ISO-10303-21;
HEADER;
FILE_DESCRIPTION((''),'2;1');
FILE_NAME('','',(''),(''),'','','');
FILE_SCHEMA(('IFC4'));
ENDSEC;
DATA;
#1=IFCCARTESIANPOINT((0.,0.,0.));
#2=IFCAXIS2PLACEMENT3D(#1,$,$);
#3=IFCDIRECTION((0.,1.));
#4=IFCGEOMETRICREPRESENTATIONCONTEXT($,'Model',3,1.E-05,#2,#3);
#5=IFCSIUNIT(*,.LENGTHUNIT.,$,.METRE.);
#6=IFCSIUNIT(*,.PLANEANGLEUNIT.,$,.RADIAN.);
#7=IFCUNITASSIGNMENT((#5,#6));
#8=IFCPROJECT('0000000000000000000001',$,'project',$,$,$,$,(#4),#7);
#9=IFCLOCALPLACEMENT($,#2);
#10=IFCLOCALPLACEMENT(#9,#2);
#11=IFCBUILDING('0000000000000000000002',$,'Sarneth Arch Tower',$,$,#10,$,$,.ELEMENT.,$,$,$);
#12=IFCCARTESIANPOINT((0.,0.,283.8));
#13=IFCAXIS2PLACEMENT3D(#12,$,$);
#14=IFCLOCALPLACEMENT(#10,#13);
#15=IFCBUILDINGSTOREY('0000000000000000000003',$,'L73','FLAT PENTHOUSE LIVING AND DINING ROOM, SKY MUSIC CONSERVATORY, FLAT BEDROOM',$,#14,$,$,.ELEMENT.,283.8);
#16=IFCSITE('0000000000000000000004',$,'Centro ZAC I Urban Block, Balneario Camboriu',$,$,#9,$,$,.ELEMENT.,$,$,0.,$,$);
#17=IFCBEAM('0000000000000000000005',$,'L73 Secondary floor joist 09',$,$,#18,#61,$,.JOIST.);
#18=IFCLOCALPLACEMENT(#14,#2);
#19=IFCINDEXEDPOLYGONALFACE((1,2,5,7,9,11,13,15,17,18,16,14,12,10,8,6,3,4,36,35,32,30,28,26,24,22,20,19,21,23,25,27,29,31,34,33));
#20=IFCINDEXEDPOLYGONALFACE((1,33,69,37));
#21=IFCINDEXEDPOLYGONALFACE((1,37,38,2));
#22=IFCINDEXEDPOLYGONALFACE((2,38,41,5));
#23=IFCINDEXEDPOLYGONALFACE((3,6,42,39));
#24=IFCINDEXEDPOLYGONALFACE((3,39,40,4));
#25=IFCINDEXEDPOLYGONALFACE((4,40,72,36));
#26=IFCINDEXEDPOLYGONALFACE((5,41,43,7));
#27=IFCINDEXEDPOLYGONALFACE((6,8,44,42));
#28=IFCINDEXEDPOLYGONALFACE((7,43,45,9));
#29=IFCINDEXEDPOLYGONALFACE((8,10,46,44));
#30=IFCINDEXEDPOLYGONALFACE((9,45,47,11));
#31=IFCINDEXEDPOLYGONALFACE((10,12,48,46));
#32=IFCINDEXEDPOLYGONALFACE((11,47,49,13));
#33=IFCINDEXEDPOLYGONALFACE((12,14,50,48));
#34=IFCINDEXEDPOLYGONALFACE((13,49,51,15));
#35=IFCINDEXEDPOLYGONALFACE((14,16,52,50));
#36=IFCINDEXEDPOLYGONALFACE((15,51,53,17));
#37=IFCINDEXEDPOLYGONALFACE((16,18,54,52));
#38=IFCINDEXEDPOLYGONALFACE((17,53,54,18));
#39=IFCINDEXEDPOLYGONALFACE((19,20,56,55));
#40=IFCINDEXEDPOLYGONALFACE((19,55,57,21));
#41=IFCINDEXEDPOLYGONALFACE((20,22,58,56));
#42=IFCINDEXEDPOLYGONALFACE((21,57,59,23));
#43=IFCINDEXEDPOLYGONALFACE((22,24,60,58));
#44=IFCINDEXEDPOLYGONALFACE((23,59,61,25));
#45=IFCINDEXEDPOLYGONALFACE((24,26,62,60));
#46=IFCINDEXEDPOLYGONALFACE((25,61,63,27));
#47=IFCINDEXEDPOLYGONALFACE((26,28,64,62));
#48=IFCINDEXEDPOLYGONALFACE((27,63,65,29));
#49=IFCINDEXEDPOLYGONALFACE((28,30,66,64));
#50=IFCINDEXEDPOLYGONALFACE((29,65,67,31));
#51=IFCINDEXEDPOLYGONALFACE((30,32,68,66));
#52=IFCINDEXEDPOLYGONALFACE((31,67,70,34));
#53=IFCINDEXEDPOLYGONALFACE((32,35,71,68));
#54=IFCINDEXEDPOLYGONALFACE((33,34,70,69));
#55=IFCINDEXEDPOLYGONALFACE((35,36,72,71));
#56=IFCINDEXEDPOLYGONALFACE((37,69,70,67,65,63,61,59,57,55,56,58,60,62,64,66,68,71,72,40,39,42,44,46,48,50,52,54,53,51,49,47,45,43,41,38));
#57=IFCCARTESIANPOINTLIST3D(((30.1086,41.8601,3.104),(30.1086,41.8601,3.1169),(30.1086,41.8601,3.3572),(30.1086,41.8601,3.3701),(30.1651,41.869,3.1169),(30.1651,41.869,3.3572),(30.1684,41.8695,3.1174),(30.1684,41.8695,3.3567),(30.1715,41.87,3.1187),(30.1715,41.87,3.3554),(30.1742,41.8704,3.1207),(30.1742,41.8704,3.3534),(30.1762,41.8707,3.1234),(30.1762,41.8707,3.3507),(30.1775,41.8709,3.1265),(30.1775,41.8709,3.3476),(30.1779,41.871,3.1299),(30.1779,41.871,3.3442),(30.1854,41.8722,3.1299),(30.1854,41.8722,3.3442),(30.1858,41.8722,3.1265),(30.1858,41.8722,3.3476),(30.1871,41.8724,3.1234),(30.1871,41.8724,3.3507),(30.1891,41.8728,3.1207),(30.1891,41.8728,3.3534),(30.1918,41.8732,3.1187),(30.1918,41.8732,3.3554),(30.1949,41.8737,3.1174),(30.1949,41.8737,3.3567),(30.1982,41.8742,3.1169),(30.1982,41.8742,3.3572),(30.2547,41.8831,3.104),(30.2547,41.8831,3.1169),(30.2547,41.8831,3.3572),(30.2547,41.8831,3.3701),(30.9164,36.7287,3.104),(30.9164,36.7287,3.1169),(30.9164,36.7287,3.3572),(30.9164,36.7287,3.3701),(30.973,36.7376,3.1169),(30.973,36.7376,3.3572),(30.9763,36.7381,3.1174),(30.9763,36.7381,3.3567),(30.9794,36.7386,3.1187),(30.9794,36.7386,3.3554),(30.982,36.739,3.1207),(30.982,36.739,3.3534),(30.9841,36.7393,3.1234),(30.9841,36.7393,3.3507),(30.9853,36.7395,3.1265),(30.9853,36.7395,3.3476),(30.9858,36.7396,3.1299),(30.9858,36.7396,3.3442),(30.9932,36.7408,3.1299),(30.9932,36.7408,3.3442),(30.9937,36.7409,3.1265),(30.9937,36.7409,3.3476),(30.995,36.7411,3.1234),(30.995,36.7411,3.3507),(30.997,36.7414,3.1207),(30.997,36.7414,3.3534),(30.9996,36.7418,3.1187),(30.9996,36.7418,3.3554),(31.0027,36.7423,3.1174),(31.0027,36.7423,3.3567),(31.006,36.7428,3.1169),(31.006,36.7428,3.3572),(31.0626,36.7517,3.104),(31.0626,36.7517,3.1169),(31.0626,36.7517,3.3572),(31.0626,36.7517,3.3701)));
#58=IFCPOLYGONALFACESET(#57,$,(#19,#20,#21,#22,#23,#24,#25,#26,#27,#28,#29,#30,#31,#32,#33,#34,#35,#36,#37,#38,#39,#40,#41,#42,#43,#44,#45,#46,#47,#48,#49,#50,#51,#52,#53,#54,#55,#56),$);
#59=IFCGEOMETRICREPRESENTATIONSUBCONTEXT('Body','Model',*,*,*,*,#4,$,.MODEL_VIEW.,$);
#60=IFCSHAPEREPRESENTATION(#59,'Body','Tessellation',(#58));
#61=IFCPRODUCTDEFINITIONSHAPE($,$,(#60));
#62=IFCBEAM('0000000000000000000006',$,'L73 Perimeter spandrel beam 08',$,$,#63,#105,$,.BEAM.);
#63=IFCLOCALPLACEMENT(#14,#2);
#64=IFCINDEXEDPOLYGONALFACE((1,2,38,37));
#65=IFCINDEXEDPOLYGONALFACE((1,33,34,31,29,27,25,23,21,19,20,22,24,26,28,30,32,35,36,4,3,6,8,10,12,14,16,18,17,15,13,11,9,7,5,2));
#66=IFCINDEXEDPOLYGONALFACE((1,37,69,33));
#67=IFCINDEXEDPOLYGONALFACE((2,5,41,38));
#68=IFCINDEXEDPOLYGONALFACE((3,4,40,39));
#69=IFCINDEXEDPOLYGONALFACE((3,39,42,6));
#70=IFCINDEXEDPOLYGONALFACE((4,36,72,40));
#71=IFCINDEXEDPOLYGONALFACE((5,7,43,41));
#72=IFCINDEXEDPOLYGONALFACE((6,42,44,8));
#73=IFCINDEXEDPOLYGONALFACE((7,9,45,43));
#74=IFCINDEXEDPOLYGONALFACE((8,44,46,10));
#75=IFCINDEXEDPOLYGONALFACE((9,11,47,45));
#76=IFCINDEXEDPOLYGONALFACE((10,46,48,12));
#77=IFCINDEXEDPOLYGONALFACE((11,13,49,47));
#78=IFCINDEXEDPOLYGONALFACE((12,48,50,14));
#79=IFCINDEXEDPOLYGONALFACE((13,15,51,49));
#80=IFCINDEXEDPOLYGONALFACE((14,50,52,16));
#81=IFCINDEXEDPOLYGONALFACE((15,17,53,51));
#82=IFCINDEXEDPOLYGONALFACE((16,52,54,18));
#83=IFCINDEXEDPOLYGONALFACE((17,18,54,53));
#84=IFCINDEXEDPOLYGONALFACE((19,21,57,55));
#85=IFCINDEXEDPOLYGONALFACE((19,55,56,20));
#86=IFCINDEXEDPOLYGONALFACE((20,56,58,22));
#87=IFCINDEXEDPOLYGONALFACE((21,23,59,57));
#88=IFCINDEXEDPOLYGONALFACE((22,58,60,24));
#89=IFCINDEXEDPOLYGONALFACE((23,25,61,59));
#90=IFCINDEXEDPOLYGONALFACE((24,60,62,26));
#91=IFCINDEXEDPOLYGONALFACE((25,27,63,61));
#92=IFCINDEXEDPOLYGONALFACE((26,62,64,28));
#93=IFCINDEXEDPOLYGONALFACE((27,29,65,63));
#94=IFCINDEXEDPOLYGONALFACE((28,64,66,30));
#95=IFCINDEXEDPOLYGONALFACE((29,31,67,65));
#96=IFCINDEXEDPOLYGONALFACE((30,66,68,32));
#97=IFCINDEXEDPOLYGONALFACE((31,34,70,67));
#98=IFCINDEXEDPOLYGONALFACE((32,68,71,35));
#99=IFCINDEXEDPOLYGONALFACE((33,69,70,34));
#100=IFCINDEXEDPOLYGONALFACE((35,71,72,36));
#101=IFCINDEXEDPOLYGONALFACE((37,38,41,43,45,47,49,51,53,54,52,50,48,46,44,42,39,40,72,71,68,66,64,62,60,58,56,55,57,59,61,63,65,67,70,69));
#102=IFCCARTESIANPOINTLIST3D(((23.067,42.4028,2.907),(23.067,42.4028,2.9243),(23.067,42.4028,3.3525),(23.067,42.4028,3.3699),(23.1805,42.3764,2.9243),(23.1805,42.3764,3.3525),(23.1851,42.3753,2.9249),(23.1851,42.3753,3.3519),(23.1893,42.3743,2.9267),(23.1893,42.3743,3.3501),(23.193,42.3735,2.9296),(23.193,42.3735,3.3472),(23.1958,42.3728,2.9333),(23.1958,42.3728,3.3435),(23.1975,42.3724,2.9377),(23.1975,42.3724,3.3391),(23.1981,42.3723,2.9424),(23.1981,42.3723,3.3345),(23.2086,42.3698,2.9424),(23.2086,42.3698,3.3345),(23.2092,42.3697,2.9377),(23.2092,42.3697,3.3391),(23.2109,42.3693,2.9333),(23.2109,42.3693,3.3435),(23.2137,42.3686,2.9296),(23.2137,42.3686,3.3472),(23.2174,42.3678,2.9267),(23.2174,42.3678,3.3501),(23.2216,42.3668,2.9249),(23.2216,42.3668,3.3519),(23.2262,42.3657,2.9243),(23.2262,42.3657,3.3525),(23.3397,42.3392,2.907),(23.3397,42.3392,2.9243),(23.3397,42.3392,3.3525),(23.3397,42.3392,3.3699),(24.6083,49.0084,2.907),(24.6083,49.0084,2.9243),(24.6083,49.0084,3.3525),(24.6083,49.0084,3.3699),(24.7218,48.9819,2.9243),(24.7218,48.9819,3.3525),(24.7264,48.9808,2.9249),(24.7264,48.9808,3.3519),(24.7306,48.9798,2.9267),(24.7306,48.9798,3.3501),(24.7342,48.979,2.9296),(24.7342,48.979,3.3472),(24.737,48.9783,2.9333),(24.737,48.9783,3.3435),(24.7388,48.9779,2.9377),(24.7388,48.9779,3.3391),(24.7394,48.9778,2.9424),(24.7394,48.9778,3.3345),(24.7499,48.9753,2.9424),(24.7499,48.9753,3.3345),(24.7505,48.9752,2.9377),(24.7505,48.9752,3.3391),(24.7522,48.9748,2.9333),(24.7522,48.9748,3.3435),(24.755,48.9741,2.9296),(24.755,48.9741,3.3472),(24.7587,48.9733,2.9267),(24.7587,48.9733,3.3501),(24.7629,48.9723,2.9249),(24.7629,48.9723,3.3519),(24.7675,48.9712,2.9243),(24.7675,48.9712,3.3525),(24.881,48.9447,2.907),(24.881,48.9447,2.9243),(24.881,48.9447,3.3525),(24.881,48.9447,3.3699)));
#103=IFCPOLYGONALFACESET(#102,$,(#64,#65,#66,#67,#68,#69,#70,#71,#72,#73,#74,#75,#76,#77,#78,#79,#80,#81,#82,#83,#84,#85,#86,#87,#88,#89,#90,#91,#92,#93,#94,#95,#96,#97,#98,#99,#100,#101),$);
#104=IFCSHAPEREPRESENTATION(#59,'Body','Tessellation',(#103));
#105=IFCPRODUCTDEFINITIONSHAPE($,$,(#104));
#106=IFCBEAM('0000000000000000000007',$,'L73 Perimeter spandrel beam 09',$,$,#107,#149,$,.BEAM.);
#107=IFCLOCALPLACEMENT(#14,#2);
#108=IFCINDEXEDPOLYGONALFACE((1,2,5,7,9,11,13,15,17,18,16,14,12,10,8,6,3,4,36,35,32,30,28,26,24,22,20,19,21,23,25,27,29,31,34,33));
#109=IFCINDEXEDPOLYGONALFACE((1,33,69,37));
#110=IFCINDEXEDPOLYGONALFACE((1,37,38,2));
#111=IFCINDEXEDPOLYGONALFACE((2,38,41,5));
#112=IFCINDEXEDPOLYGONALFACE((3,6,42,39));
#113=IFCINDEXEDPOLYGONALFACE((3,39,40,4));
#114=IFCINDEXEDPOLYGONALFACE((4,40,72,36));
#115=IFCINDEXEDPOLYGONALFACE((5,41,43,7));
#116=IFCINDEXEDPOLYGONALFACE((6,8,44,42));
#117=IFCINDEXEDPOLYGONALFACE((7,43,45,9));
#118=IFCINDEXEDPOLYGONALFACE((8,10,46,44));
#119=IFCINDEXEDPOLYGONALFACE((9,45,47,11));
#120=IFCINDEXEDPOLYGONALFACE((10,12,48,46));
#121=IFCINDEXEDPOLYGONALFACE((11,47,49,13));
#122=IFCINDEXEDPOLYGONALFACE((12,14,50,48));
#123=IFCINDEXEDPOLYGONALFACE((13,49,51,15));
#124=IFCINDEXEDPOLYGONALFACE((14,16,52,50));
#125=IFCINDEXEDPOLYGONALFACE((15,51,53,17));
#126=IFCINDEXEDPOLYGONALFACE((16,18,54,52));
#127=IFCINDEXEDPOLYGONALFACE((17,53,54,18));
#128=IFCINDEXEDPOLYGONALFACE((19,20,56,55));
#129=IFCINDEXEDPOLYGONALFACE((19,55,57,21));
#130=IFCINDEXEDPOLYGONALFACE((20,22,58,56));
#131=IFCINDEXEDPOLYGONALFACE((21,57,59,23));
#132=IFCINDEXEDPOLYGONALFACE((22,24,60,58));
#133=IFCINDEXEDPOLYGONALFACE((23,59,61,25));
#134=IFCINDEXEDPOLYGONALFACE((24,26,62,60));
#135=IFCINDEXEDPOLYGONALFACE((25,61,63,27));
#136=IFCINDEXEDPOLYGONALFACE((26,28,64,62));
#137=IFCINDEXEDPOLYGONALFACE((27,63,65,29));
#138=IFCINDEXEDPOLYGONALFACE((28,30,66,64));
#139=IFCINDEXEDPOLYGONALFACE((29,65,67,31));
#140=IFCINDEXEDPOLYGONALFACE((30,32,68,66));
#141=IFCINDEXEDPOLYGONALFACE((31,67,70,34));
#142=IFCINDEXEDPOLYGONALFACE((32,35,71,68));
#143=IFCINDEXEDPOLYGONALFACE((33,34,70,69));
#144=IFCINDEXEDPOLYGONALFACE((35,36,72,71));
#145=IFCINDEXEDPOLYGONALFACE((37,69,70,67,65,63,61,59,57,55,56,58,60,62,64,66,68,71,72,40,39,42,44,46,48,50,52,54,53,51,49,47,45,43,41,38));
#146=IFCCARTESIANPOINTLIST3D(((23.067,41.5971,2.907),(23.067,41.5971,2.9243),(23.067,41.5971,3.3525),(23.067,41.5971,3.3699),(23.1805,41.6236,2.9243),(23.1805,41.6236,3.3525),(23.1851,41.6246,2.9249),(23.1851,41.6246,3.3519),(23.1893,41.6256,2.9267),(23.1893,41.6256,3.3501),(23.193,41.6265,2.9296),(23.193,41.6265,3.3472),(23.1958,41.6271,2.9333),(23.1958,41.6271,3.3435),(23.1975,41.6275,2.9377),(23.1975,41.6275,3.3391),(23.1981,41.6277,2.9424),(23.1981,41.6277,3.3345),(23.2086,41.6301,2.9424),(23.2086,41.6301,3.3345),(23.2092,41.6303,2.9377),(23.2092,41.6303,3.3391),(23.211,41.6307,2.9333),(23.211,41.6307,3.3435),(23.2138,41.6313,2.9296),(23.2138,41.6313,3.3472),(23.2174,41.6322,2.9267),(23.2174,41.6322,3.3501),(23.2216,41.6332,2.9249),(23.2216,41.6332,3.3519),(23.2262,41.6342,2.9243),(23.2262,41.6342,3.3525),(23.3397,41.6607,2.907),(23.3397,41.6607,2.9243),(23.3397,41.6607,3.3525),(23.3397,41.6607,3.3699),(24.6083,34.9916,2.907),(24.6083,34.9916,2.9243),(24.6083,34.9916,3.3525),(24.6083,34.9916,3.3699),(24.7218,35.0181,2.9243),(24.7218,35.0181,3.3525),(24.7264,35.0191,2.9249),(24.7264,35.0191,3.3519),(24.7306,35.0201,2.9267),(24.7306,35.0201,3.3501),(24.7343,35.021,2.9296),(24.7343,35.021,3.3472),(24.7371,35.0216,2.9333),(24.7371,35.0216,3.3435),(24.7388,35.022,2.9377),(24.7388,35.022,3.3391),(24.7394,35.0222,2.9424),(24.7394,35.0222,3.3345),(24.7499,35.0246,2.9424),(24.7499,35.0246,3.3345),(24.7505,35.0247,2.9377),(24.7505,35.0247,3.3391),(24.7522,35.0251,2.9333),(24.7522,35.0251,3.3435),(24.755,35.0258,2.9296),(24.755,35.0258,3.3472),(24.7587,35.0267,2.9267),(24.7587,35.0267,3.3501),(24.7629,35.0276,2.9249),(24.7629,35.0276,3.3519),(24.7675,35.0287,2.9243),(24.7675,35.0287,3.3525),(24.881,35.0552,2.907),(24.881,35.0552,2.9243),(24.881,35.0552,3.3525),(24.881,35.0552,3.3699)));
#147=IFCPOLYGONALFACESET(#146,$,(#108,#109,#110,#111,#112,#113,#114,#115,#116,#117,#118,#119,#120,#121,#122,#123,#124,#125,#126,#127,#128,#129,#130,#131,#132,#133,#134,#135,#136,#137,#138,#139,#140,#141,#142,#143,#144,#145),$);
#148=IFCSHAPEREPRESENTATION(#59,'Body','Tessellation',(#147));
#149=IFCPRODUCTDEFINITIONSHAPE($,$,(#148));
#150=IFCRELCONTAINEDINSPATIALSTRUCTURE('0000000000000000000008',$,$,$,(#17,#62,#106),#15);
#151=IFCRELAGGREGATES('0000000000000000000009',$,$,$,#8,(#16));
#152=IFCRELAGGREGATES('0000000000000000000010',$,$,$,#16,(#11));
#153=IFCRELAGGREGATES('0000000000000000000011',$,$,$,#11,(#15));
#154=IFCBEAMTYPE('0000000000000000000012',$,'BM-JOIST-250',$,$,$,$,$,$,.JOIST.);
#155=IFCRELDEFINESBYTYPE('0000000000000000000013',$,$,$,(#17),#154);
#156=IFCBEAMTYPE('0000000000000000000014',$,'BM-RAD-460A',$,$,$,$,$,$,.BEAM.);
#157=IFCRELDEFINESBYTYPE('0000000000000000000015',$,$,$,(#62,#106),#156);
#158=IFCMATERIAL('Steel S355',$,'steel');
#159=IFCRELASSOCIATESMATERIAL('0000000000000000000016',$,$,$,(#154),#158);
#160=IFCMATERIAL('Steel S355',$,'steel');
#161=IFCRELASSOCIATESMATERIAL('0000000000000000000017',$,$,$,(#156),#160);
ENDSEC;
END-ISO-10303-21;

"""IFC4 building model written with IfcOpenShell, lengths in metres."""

from ifc_helpers import new_model, si_unit, direction, frame, origin, origin_2d, place, context, subcontext, project, spatial, i_section, extrude, material, material_profile, profile_set, type_object, element, save


model = new_model("IFC4")

# Units and contexts
model_context = context("Model", 3, precision=1e-05, world=origin(), true_north=direction((0.0, 1.0)))
body_context = subcontext(model_context, "Body", "Model", "MODEL_VIEW")
ifc_project = project(units=[si_unit("LENGTHUNIT", "METRE"), si_unit("PLANEANGLEUNIT", "RADIAN")], contexts=[model_context])

# Site, building, storey
site_placement = place(None, origin())
site = spatial("IfcSite", under=ifc_project, at=site_placement, Name="Centro ZAC I Urban Block, Balneario Camboriu", CompositionType="ELEMENT", RefElevation=0.0)
building_placement = place(site_placement, origin())
building = spatial("IfcBuilding", under=site, at=building_placement, Name="Sarneth Arch Tower", CompositionType="ELEMENT")
storey_placement = place(building_placement, frame((0.0, 0.0, 283.8)))
storey = spatial("IfcBuildingStorey", under=building, at=storey_placement, Name="L73", Description="FLAT PENTHOUSE LIVING AND DINING ROOM, SKY MUSIC CONSERVATORY, FLAT BEDROOM", CompositionType="ELEMENT", Elevation=283.8)

# Beams
ifc_material_1 = material(Name="Steel S355", Category="steel")
ifc_material_profile_1 = material_profile(ifc_material_1, i_section(OverallWidth=0.1479, OverallDepth=0.2661, WebThickness=0.0076, FlangeThickness=0.0129, FilletRadius=0.0129, at=origin_2d()), Name="W250x44.8")
ifc_profile_set_1 = profile_set([ifc_material_profile_1], Name="Steel S355")
beam_type_1 = type_object("IfcBeamType", Name="BM-JOIST-250", PredefinedType="JOIST", material=ifc_profile_set_1)
for number, where, z_axis, x_axis, name in (
    (1, (30.1816, 41.8716, 3.2371), (0.155521, -0.987833, 0.0), (0.987833, 0.155521, 0.0), "L73 Secondary floor joist 09"),
):
    element("IfcBeam", number, at=place(storey_placement, frame(where, z_axis=z_axis, x_axis=x_axis)), inside=storey, type_object=beam_type_1, Name=name, PredefinedType="JOIST", context=body_context, shape_type="SweptSolid", body=[
        extrude(i_section(OverallWidth=0.1479, OverallDepth=0.2661, WebThickness=0.0076, FlangeThickness=0.0129, FilletRadius=0.0129, at=origin_2d()), origin(), (0.0, 0.0, 1.0), 5.1946),
    ])
ifc_material_2 = material(Name="Steel S355", Category="steel")
ifc_material_profile_2 = material_profile(ifc_material_2, i_section(OverallWidth=0.28, OverallDepth=0.4629, WebThickness=0.0107, FlangeThickness=0.0173, FilletRadius=0.0181, at=origin_2d()), Name="W460x113")
ifc_profile_set_2 = profile_set([ifc_material_profile_2], Name="Steel S355")
beam_type_2 = type_object("IfcBeamType", Name="BM-RAD-460A", PredefinedType="BEAM", material=ifc_profile_set_2)
for number, where, z_axis, x_axis, name in (
    (2, (24.7446, 48.9766, 3.1384), (-0.227227, -0.973842, 0.0), (0.973842, -0.227227, 0.0), "L73 Perimeter spandrel beam 08"),
    (3, (23.2034, 41.6289, 3.1384), (0.227227, -0.973842, 0.0), (0.973842, 0.227227, 0.0), "L73 Perimeter spandrel beam 09"),
):
    element("IfcBeam", number, at=place(storey_placement, frame(where, z_axis=z_axis, x_axis=x_axis)), inside=storey, type_object=beam_type_2, Name=name, PredefinedType="BEAM", context=body_context, shape_type="SweptSolid", body=[
        extrude(i_section(OverallWidth=0.28, OverallDepth=0.4629, WebThickness=0.0107, FlangeThickness=0.0173, FilletRadius=0.0181, at=origin_2d()), origin(), (0.0, 0.0, 1.0), 6.783),
    ])

save(model, "model.ifc")
